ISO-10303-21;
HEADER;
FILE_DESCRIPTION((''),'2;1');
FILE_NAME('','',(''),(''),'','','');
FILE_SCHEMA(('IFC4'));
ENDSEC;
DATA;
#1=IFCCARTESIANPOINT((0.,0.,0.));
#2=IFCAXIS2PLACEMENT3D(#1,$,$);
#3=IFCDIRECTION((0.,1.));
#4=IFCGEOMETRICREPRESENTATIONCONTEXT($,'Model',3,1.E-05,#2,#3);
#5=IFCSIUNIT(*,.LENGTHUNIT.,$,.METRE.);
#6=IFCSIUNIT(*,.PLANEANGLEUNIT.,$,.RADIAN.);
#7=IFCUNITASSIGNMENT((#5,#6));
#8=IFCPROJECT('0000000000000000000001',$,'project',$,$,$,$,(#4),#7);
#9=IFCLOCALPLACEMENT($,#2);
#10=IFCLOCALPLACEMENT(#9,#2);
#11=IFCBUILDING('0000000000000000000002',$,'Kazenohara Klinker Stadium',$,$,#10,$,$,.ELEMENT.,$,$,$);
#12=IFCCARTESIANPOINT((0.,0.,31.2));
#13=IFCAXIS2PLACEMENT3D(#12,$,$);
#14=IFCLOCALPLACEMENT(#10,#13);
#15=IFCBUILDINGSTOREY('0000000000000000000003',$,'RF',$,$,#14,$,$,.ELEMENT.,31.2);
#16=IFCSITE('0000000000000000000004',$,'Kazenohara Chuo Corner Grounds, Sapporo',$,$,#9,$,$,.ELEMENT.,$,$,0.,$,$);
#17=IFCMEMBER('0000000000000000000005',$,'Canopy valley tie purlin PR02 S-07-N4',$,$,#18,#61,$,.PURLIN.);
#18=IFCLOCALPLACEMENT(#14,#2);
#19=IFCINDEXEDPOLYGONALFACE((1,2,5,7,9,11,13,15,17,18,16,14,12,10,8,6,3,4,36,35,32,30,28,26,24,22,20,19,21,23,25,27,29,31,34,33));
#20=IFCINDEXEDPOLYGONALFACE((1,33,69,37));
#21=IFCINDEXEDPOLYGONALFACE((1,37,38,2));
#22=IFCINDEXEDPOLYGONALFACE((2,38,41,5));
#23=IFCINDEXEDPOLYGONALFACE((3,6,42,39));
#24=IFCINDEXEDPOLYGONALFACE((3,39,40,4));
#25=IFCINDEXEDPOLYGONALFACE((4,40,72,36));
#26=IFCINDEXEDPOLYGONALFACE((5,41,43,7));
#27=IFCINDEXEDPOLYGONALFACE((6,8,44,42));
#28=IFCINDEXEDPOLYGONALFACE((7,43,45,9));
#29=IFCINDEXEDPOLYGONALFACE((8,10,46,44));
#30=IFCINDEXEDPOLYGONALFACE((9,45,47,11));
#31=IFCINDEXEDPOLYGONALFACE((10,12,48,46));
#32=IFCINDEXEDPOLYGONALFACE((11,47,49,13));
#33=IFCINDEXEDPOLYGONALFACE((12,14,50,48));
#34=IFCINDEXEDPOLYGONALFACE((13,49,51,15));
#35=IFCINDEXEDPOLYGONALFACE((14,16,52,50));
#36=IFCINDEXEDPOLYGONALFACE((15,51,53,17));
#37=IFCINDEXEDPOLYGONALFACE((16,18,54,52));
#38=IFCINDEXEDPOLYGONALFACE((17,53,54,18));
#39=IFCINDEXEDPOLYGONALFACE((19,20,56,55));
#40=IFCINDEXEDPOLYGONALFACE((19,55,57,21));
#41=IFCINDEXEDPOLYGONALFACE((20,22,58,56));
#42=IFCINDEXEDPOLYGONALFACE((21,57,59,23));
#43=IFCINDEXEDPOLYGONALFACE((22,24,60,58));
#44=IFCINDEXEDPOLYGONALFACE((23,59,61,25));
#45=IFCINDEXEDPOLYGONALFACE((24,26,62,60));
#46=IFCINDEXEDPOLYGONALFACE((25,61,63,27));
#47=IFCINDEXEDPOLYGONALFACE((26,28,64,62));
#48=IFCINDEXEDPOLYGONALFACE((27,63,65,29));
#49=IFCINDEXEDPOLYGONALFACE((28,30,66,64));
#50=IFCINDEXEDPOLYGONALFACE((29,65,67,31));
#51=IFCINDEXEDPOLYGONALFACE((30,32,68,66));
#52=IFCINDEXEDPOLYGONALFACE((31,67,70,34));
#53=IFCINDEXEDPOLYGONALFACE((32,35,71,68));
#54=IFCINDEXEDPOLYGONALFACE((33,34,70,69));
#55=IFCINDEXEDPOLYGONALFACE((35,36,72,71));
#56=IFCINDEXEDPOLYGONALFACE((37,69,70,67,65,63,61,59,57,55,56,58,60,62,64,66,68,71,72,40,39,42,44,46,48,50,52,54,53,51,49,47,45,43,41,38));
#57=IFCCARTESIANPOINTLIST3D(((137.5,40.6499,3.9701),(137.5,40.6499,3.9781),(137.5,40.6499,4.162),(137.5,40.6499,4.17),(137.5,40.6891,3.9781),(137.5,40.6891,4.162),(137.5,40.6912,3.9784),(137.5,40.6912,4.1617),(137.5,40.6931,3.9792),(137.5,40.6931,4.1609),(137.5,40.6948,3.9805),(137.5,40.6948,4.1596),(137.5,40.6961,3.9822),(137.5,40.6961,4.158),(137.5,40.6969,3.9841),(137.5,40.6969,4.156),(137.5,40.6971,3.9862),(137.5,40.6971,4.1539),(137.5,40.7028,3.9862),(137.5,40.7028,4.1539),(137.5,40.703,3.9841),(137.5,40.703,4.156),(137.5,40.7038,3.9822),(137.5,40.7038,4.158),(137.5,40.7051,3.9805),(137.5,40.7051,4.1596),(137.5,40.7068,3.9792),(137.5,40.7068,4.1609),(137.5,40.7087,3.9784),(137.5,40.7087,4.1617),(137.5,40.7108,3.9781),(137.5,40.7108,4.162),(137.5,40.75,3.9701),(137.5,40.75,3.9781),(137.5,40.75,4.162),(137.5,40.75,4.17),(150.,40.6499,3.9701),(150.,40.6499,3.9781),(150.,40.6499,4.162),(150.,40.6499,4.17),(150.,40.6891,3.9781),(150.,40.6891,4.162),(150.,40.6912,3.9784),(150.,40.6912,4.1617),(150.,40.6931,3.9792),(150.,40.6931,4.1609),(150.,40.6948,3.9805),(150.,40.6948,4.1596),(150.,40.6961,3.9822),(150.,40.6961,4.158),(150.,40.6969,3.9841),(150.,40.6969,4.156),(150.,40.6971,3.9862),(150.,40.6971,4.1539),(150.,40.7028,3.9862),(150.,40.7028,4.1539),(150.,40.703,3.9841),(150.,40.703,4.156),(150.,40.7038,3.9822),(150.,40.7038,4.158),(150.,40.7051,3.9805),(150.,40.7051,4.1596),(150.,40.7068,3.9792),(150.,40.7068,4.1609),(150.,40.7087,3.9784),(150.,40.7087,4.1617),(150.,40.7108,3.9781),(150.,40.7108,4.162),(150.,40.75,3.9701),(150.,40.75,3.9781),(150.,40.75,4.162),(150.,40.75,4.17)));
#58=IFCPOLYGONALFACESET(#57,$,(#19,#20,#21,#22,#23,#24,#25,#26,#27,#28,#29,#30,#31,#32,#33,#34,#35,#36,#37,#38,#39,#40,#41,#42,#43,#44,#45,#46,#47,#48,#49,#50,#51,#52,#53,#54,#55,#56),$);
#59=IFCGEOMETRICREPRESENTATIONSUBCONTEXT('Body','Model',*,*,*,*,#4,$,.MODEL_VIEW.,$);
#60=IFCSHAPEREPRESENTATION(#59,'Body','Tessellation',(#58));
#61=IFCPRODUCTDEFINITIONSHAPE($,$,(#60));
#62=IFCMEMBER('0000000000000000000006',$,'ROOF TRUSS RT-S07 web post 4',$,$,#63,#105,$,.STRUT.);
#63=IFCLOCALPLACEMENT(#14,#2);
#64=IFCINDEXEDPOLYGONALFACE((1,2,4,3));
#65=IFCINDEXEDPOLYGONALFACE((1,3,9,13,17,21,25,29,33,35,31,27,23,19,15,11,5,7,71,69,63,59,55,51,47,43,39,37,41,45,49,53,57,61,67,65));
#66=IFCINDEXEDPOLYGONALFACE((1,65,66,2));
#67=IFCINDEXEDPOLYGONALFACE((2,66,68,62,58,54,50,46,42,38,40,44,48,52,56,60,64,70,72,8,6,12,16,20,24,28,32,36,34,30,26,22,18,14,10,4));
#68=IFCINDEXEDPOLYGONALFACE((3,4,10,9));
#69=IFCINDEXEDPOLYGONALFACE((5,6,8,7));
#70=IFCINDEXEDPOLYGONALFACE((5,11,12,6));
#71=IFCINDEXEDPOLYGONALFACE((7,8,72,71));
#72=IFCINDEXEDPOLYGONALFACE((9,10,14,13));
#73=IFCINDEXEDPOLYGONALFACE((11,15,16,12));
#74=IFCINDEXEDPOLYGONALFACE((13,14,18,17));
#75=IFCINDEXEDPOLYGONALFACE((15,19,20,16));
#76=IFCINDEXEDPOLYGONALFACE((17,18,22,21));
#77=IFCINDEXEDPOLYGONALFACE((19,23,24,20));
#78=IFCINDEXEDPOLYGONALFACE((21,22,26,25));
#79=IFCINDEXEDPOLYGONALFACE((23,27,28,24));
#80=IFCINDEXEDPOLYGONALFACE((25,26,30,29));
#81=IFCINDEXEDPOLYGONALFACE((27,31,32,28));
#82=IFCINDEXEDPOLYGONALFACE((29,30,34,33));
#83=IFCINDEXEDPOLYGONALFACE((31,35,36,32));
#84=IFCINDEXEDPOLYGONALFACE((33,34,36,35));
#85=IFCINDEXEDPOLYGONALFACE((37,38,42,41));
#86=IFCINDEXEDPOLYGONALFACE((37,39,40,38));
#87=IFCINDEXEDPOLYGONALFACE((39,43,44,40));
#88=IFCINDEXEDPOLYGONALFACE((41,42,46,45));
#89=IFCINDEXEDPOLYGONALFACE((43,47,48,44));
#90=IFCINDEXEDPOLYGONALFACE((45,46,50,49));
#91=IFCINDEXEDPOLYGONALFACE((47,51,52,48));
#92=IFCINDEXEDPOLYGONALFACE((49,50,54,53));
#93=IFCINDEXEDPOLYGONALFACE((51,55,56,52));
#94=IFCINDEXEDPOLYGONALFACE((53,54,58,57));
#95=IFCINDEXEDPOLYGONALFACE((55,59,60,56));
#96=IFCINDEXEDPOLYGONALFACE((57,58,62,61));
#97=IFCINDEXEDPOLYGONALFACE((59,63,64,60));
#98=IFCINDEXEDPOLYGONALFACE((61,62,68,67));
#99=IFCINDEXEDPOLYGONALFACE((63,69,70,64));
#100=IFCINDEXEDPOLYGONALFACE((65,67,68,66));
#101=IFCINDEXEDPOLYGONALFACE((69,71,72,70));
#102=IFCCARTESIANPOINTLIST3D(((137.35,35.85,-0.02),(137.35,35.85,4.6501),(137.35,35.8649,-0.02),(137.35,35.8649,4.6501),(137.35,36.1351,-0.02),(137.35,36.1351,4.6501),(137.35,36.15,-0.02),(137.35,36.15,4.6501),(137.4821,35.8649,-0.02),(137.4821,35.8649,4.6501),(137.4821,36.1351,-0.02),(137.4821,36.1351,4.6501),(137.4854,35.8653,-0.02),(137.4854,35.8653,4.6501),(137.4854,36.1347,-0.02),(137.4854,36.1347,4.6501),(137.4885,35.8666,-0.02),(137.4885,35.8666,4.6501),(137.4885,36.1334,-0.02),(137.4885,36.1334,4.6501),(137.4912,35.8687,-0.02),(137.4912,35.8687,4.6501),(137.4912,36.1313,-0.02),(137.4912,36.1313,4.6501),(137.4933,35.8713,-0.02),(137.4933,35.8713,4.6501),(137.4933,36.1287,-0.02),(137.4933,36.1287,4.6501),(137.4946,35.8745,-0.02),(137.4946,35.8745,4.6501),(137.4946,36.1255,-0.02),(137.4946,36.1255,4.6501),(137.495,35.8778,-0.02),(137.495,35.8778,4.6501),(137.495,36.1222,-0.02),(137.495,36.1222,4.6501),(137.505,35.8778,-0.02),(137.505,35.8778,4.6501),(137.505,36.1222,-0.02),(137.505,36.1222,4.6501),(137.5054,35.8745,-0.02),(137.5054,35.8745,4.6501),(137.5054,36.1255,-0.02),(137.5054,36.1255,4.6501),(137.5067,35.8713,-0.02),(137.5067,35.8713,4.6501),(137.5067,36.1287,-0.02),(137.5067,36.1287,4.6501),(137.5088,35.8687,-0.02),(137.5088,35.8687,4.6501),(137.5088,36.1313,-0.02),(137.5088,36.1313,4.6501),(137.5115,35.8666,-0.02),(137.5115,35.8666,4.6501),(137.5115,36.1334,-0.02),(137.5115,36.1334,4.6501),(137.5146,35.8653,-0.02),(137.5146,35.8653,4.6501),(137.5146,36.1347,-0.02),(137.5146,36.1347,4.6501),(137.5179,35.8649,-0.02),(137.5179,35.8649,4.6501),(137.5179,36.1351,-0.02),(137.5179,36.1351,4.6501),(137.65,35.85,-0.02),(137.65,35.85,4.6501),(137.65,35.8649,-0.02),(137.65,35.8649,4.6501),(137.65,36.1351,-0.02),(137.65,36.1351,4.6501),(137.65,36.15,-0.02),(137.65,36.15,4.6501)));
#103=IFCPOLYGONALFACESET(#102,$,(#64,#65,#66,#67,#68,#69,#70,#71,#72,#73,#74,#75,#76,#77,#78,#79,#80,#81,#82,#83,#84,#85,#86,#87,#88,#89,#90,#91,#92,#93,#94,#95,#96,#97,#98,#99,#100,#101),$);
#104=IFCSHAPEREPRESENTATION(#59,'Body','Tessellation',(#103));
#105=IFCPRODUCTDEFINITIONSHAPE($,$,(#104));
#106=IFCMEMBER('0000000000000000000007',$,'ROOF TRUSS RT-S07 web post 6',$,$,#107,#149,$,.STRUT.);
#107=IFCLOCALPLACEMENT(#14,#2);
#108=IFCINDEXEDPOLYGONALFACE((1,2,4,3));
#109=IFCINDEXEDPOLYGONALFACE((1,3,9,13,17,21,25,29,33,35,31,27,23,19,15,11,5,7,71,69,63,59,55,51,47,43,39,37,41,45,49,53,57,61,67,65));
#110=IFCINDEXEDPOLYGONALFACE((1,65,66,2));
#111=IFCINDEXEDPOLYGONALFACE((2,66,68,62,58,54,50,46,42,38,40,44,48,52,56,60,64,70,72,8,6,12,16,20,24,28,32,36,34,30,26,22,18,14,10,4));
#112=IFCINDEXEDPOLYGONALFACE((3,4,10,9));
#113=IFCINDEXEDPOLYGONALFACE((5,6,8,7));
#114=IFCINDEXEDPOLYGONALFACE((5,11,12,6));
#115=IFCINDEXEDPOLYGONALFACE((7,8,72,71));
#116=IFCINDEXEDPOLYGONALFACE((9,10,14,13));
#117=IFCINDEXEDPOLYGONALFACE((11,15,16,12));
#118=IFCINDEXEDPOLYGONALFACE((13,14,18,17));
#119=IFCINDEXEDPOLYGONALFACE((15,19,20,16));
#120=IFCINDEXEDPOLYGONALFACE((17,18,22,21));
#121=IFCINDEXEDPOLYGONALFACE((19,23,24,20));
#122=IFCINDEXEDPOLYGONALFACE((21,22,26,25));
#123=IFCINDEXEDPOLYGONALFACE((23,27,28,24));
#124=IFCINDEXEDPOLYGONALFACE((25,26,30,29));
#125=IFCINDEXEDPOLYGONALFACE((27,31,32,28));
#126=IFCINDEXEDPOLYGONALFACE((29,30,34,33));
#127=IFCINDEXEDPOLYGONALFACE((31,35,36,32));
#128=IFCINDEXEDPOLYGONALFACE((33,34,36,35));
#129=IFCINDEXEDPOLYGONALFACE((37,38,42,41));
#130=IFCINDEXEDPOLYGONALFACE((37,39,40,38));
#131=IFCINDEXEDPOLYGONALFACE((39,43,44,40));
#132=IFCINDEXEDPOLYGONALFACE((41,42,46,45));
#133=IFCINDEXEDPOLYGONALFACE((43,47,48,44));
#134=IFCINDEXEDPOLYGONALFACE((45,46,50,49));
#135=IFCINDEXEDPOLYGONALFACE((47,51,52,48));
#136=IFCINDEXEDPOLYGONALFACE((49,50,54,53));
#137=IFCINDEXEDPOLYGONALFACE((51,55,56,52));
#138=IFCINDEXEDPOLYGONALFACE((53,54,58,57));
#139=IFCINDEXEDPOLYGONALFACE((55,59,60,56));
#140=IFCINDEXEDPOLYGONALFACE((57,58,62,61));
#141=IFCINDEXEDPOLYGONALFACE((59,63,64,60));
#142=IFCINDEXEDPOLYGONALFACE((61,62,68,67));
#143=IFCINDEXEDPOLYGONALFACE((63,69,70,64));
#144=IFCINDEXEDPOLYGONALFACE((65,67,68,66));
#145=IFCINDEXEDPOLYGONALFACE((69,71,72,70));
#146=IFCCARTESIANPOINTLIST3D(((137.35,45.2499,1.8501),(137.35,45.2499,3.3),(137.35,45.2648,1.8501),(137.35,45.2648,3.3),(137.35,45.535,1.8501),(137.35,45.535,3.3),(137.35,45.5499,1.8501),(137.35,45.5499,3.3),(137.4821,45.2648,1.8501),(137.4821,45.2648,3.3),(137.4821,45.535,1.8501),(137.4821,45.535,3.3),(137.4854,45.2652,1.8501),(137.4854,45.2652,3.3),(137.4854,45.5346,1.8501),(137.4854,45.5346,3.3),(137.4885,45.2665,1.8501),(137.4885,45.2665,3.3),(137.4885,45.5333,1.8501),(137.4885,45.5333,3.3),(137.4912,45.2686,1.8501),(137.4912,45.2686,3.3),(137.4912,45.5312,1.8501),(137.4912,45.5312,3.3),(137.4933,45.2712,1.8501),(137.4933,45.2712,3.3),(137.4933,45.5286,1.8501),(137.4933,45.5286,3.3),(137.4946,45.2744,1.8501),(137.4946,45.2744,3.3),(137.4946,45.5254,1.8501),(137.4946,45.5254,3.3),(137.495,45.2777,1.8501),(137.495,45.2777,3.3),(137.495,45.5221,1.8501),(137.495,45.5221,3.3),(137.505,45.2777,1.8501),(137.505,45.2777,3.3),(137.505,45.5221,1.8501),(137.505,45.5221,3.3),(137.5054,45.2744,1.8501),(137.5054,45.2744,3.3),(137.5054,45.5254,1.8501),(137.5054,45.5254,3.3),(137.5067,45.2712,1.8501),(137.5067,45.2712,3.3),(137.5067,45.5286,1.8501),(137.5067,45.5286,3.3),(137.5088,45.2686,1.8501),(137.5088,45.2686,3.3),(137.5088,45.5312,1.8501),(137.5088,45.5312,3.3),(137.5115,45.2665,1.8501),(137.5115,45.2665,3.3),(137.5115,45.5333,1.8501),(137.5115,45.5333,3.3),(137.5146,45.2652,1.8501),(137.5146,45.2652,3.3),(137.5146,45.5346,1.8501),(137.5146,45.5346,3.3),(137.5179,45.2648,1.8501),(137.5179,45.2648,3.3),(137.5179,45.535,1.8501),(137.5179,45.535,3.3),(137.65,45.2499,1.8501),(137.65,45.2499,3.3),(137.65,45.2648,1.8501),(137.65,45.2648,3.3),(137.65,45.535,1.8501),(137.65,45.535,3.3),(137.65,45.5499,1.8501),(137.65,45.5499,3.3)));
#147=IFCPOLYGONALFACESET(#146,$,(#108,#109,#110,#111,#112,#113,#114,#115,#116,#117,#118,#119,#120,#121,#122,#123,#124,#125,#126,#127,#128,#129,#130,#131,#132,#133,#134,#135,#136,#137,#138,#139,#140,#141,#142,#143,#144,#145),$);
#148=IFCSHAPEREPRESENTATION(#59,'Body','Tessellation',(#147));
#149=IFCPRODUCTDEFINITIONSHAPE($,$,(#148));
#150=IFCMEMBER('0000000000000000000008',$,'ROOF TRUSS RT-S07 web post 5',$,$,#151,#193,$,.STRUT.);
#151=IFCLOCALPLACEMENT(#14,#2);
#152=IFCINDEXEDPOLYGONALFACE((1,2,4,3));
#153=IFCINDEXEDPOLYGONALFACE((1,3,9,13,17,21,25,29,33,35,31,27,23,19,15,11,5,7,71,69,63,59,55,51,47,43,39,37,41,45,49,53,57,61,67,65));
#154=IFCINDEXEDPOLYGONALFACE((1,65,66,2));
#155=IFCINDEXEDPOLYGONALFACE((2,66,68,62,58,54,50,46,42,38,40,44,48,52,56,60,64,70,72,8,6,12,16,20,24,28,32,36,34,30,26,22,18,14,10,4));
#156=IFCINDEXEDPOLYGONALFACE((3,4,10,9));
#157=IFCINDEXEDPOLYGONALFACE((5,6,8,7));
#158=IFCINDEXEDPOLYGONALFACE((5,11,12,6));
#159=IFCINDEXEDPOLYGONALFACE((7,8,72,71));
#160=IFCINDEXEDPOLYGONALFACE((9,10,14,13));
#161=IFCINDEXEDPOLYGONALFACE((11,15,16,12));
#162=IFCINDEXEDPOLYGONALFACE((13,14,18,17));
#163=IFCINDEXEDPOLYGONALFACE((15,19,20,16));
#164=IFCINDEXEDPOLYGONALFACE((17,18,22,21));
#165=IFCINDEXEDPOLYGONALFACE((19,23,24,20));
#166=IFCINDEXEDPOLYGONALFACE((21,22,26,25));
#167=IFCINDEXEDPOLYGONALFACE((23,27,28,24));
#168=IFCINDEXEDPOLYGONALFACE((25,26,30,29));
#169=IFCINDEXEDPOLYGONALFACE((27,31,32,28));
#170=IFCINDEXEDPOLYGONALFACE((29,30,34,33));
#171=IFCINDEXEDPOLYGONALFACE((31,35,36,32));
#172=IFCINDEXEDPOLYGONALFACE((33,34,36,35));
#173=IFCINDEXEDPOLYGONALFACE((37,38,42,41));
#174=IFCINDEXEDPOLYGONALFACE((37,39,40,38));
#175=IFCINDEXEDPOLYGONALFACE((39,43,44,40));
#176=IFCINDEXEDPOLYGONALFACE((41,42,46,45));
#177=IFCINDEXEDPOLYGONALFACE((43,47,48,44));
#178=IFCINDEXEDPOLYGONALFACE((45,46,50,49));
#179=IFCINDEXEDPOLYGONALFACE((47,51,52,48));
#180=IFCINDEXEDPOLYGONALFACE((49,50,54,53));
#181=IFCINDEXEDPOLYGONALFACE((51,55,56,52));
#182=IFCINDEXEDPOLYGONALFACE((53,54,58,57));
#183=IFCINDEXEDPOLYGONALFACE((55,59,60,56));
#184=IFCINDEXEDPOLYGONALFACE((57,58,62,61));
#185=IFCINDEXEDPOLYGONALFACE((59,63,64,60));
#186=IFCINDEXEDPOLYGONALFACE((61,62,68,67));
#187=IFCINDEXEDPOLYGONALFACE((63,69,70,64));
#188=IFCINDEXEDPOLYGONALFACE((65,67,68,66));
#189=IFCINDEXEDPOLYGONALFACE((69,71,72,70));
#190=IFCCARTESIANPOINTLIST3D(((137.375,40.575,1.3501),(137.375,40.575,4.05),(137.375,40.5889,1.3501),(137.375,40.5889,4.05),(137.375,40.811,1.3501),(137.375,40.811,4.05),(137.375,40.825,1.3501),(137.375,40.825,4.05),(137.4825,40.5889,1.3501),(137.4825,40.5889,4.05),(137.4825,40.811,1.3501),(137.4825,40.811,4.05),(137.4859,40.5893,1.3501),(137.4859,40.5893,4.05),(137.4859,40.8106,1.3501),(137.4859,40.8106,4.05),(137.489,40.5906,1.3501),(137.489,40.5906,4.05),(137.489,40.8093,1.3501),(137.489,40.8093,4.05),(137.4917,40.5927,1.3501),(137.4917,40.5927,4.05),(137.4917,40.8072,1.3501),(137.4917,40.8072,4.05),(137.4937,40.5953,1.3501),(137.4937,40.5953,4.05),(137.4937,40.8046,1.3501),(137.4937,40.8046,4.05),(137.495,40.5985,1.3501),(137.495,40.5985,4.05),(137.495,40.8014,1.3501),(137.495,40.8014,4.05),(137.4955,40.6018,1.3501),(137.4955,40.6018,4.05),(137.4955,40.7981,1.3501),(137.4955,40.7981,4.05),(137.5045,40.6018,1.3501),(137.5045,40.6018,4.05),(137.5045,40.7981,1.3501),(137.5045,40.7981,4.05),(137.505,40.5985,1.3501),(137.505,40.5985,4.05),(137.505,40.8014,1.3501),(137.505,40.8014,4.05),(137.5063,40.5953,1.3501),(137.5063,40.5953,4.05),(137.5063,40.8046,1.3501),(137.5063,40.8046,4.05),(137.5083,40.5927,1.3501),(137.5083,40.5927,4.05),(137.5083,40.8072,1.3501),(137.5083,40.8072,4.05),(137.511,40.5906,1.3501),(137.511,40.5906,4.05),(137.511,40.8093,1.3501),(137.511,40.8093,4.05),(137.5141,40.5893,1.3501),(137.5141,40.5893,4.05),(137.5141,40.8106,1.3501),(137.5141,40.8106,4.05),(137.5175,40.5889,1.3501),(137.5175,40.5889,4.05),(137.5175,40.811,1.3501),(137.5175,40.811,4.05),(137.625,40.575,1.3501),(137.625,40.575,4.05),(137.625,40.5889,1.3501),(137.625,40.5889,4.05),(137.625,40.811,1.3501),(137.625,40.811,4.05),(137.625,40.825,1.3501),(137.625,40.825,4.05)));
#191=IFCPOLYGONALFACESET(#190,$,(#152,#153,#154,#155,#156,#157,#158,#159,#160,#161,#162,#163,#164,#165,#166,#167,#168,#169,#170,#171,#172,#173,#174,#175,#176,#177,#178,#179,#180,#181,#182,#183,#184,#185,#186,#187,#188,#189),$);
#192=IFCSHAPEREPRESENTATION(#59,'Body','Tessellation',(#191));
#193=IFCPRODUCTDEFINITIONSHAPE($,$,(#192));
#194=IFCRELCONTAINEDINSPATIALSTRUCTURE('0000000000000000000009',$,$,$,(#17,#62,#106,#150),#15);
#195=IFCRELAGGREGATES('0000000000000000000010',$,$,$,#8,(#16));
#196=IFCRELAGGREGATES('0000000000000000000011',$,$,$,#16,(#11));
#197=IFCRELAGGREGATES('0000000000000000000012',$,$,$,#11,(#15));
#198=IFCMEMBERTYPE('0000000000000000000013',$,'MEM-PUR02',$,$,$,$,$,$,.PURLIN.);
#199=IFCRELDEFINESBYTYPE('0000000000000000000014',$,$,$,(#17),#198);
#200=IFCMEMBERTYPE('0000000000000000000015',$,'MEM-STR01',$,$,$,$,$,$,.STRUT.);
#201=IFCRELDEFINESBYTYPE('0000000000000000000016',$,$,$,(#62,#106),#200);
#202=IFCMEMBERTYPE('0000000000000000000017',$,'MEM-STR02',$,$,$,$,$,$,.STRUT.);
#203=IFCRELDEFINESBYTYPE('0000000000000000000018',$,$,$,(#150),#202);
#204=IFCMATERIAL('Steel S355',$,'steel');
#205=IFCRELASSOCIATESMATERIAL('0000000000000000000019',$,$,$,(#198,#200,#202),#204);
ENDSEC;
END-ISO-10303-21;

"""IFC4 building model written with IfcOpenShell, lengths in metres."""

from ifc_helpers import new_model, si_unit, direction, frame, origin, origin_2d, place, context, subcontext, project, spatial, i_section, extrude, material, material_profile, profile_set, type_object, element, save


model = new_model("IFC4")

# Units and contexts
model_context = context("Model", 3, precision=1e-05, world=origin(), true_north=direction((0.0, 1.0)))
body_context = subcontext(model_context, "Body", "Model", "MODEL_VIEW")
ifc_project = project(units=[si_unit("LENGTHUNIT", "METRE"), si_unit("PLANEANGLEUNIT", "RADIAN")], contexts=[model_context])

# Site, building, storey
site_placement = place(None, origin())
site = spatial("IfcSite", under=ifc_project, at=site_placement, Name="Kazenohara Chuo Corner Grounds, Sapporo", CompositionType="ELEMENT", RefElevation=0.0)
building_placement = place(site_placement, origin())
building = spatial("IfcBuilding", under=site, at=building_placement, Name="Kazenohara Klinker Stadium", CompositionType="ELEMENT")
storey_placement = place(building_placement, frame((0.0, 0.0, 31.2)))
storey = spatial("IfcBuildingStorey", under=building, at=storey_placement, Name="RF", CompositionType="ELEMENT", Elevation=31.2)

# Members
ifc_material_1 = material(Name="Steel S355", Category="steel")
ifc_material_profile_1 = material_profile(ifc_material_1, i_section(OverallWidth=0.1001, OverallDepth=0.2, WebThickness=0.0056, FlangeThickness=0.0081, FilletRadius=0.0081, at=origin_2d()), Name="H-200x100x5.5x8")
ifc_profile_set_1 = profile_set([ifc_material_profile_1], Name="Steel S355")
member_type_1 = type_object("IfcMemberType", Name="MEM-PUR02", PredefinedType="PURLIN", material=ifc_profile_set_1)
member_1_placement = place(storey_placement, frame((137.5, 40.7, 4.0701), z_axis=(1.0, 0.0, 0.0), x_axis=(0.0, 1.0, 0.0)))
element("IfcMember", 1, at=member_1_placement, inside=storey, type_object=member_type_1, Name="Canopy valley tie purlin PR02 S-07-N4", PredefinedType="PURLIN", context=body_context, shape_type="SweptSolid", body=[
    extrude(i_section(OverallWidth=0.1001, OverallDepth=0.2, WebThickness=0.0056, FlangeThickness=0.0081, FilletRadius=0.0081, at=origin_2d()), origin(), (0.0, 0.0, 1.0), 12.5),
])
ifc_material_profile_2 = material_profile(ifc_material_1, i_section(OverallWidth=0.3, OverallDepth=0.3, WebThickness=0.01, FlangeThickness=0.0149, FilletRadius=0.0129, at=origin_2d()), Name="H-300x300x10x15")
ifc_profile_set_2 = profile_set([ifc_material_profile_2], Name="Steel S355")
member_type_2 = type_object("IfcMemberType", Name="MEM-STR01", PredefinedType="STRUT", material=ifc_profile_set_2)
member_2_placement = place(storey_placement, frame((137.5, 36.0, -0.02), z_axis=(0.0, 0.0, 1.0), x_axis=(1.0, 0.0, 0.0)))
element("IfcMember", 2, at=member_2_placement, inside=storey, type_object=member_type_2, Name="ROOF TRUSS RT-S07 web post 4", PredefinedType="STRUT", context=body_context, shape_type="SweptSolid", body=[
    extrude(i_section(OverallWidth=0.3, OverallDepth=0.3, WebThickness=0.01, FlangeThickness=0.0149, FilletRadius=0.0129, at=origin_2d()), origin(), (0.0, 0.0, 1.0), 4.6702),
])
member_3_placement = place(storey_placement, frame((137.5, 45.3999, 1.8501), z_axis=(0.0, 0.0, 1.0), x_axis=(1.0, 0.0, 0.0)))
element("IfcMember", 3, at=member_3_placement, inside=storey, type_object=member_type_2, Name="ROOF TRUSS RT-S07 web post 6", PredefinedType="STRUT", context=body_context, shape_type="SweptSolid", body=[
    extrude(i_section(OverallWidth=0.3, OverallDepth=0.3, WebThickness=0.01, FlangeThickness=0.0149, FilletRadius=0.0129, at=origin_2d()), origin(), (0.0, 0.0, 1.0), 1.45),
])
ifc_material_profile_3 = material_profile(ifc_material_1, i_section(OverallWidth=0.25, OverallDepth=0.25, WebThickness=0.009, FlangeThickness=0.0139, FilletRadius=0.0129, at=origin_2d()), Name="H-250x250x9x14")
ifc_profile_set_3 = profile_set([ifc_material_profile_3], Name="Steel S355")
member_type_3 = type_object("IfcMemberType", Name="MEM-STR02", PredefinedType="STRUT", material=ifc_profile_set_3)
member_4_placement = place(storey_placement, frame((137.5, 40.7, 1.3501), z_axis=(0.0, 0.0, 1.0), x_axis=(1.0, 0.0, 0.0)))
element("IfcMember", 4, at=member_4_placement, inside=storey, type_object=member_type_3, Name="ROOF TRUSS RT-S07 web post 5", PredefinedType="STRUT", context=body_context, shape_type="SweptSolid", body=[
    extrude(i_section(OverallWidth=0.25, OverallDepth=0.25, WebThickness=0.009, FlangeThickness=0.0139, FilletRadius=0.0129, at=origin_2d()), origin(), (0.0, 0.0, 1.0), 2.7),
])

save(model, "model.ifc")
